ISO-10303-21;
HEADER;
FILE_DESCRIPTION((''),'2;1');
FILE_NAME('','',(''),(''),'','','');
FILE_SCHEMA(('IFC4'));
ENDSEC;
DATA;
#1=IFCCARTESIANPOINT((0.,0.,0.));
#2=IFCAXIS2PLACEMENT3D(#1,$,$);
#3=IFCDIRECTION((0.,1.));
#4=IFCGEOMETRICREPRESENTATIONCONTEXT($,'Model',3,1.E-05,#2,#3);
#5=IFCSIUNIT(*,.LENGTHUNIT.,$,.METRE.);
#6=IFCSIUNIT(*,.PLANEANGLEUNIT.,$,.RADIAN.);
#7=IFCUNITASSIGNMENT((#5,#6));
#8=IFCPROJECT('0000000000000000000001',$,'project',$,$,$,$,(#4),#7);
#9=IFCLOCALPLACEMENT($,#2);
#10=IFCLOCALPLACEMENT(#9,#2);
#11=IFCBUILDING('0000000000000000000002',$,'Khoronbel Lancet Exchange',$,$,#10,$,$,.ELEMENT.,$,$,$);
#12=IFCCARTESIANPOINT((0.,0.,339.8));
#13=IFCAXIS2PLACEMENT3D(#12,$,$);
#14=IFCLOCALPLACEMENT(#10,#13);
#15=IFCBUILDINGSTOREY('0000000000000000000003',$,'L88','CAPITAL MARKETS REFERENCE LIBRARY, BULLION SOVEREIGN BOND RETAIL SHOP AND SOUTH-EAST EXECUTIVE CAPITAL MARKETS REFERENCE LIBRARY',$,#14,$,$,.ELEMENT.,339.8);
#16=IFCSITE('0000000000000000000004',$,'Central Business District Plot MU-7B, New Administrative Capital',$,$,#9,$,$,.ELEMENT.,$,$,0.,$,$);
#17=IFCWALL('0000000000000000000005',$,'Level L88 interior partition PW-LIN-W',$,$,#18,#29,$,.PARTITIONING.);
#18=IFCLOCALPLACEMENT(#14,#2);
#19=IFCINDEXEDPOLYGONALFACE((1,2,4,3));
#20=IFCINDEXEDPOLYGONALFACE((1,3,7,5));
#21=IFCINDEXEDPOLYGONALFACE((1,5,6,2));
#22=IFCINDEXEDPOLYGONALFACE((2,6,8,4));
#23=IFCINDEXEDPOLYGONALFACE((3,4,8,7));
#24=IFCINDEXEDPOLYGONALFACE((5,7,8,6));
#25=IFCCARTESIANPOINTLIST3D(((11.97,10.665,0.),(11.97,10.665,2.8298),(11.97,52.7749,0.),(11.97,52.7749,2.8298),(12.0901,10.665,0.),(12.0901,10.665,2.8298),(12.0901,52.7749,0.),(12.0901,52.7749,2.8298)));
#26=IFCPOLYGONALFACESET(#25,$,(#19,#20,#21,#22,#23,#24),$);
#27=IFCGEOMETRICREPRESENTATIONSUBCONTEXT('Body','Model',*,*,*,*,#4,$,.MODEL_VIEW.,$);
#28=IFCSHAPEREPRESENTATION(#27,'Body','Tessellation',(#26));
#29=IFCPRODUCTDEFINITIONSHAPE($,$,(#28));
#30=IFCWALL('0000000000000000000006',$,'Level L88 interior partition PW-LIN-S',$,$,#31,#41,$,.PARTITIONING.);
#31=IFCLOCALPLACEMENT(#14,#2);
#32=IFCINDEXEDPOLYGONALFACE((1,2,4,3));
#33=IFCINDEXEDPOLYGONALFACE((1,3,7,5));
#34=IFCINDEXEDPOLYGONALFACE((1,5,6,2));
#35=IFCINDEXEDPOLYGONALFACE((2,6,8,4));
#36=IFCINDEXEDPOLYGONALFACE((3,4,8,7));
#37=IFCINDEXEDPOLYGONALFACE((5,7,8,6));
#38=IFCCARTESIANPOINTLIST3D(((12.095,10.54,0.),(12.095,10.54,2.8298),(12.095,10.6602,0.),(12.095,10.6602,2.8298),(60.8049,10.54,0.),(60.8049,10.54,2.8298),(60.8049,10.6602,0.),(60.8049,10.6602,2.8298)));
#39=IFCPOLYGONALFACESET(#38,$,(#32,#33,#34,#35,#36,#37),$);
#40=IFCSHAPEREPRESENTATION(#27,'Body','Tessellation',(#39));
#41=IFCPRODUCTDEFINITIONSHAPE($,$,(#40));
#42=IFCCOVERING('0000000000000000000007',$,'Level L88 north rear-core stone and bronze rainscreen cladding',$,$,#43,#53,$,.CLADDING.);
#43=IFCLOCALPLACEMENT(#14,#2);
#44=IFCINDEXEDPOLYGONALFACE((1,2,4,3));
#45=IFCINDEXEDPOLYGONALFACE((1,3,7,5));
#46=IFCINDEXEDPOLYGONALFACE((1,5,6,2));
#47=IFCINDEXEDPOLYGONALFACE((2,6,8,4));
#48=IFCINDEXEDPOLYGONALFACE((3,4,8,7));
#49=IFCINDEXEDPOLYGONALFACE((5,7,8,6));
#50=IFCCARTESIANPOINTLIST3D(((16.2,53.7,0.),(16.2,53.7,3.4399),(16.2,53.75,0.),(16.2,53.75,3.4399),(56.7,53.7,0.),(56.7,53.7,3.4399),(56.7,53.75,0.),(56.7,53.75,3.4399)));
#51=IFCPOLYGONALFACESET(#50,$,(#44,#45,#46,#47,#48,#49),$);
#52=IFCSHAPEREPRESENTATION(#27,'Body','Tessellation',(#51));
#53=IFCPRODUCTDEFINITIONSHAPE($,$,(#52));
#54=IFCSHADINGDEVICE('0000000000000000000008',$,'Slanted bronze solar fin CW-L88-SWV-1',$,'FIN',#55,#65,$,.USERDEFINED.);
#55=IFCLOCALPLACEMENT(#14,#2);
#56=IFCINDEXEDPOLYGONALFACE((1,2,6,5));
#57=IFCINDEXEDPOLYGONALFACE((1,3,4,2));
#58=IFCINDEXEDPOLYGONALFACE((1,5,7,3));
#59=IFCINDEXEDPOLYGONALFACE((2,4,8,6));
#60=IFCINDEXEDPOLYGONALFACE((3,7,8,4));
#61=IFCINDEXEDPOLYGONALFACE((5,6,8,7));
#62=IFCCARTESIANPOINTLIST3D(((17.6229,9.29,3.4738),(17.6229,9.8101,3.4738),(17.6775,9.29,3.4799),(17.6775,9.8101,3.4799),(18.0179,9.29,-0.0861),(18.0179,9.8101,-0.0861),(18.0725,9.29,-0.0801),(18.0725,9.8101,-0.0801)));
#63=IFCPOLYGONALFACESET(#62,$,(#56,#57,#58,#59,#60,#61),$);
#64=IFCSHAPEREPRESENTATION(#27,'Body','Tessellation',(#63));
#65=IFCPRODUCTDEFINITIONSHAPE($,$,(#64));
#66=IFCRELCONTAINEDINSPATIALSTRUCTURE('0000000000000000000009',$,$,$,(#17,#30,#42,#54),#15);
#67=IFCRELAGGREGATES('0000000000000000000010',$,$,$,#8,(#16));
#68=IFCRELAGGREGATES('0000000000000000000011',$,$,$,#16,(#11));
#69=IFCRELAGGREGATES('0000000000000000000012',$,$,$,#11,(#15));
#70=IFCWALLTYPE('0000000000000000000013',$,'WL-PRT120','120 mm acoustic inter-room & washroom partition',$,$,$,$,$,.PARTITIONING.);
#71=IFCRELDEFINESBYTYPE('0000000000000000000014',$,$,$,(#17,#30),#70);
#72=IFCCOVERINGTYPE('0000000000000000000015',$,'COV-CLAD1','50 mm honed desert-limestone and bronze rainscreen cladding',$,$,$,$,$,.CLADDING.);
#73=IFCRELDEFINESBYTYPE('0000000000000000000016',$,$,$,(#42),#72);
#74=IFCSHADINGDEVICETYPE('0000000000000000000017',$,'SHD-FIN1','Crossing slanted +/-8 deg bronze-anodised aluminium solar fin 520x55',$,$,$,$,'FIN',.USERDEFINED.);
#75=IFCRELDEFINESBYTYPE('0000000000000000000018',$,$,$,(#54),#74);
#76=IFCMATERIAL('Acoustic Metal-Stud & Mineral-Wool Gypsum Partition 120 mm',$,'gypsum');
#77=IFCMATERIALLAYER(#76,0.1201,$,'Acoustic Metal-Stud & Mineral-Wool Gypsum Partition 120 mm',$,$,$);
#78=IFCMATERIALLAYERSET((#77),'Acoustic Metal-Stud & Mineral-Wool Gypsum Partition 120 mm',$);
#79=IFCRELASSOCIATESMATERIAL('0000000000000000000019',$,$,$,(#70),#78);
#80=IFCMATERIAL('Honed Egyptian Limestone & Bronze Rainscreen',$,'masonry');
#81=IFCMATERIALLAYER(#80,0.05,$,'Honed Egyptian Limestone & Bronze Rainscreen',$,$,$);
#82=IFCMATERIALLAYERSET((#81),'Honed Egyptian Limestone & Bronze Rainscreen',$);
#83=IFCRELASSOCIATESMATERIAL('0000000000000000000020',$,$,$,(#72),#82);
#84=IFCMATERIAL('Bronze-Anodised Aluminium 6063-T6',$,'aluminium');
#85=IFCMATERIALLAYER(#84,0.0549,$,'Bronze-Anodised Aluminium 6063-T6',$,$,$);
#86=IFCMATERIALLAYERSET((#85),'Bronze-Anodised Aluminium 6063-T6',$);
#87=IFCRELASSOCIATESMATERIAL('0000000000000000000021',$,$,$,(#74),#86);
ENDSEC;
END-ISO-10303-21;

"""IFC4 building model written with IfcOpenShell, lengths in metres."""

from ifc_helpers import new_model, si_unit, direction, frame, frame_2d, origin, place, context, subcontext, project, spatial, polyline, rectangle, outline, extrude, material, layer, layer_set, type_object, element, save


model = new_model("IFC4")

# Units and contexts
model_context = context("Model", 3, precision=1e-05, world=origin(), true_north=direction((0.0, 1.0)))
body_context = subcontext(model_context, "Body", "Model", "MODEL_VIEW")
ifc_project = project(units=[si_unit("LENGTHUNIT", "METRE"), si_unit("PLANEANGLEUNIT", "RADIAN")], contexts=[model_context])

# Site, building, storey
site_placement = place(None, origin())
site = spatial("IfcSite", under=ifc_project, at=site_placement, Name="Central Business District Plot MU-7B, New Administrative Capital", CompositionType="ELEMENT", RefElevation=0.0)
building_placement = place(site_placement, origin())
building = spatial("IfcBuilding", under=site, at=building_placement, Name="Khoronbel Lancet Exchange", CompositionType="ELEMENT")
storey_placement = place(building_placement, frame((0.0, 0.0, 339.8)))
storey = spatial("IfcBuildingStorey", under=building, at=storey_placement, Name="L88", Description="CAPITAL MARKETS REFERENCE LIBRARY, BULLION SOVEREIGN BOND RETAIL SHOP AND SOUTH-EAST EXECUTIVE CAPITAL MARKETS REFERENCE LIBRARY", CompositionType="ELEMENT", Elevation=339.8)

# Shared definitions
ifc_material_1 = material(Name="Bronze-Anodised Aluminium 6063-T6", Category="aluminium")

# Walls
ifc_material_2 = material(Name="Acoustic Metal-Stud & Mineral-Wool Gypsum Partition 120 mm", Category="gypsum")
ifc_layer_1 = layer(ifc_material_2, 0.1201, Name="Acoustic Metal-Stud & Mineral-Wool Gypsum Partition 120 mm")
ifc_layer_set_1 = layer_set([ifc_layer_1], Name="Acoustic Metal-Stud & Mineral-Wool Gypsum Partition 120 mm")
wall_type_1 = type_object("IfcWallType", Name="WL-PRT120", Description="120 mm acoustic inter-room & washroom partition", PredefinedType="PARTITIONING", material=ifc_layer_set_1)
wall_1_placement = place(storey_placement, frame((12.03, 10.665, 0.0), z_axis=(0.0, 0.0, 1.0), x_axis=(0.0, 1.0, 0.0)))
element("IfcWall", 1, at=wall_1_placement, inside=storey, type_object=wall_type_1, Name="Level L88 interior partition PW-LIN-W", PredefinedType="PARTITIONING", context=body_context, shape_type="SweptSolid", body=[
    extrude(rectangle(XDim=42.1099, YDim=0.1201, at=frame_2d((21.0549, 0.0))), origin(), (0.0, 0.0, 1.0), 2.8298),
])
wall_2_placement = place(storey_placement, frame((12.095, 10.6001, 0.0), z_axis=(0.0, 0.0, 1.0), x_axis=(1.0, 0.0, 0.0)))
element("IfcWall", 2, at=wall_2_placement, inside=storey, type_object=wall_type_1, Name="Level L88 interior partition PW-LIN-S", PredefinedType="PARTITIONING", context=body_context, shape_type="SweptSolid", body=[
    extrude(rectangle(XDim=48.71, YDim=0.1201, at=frame_2d((24.355, 0.0))), origin(), (0.0, 0.0, 1.0), 2.8298),
])

# Covering
ifc_material_3 = material(Name="Honed Egyptian Limestone & Bronze Rainscreen", Category="masonry")
ifc_layer_2 = layer(ifc_material_3, 0.05, Name="Honed Egyptian Limestone & Bronze Rainscreen")
ifc_layer_set_2 = layer_set([ifc_layer_2], Name="Honed Egyptian Limestone & Bronze Rainscreen")
covering_type = type_object("IfcCoveringType", Name="COV-CLAD1", Description="50 mm honed desert-limestone and bronze rainscreen cladding", PredefinedType="CLADDING", material=ifc_layer_set_2)
covering_placement = place(storey_placement, origin())
element("IfcCovering", 3, at=covering_placement, inside=storey, type_object=covering_type, Name="Level L88 north rear-core stone and bronze rainscreen cladding", PredefinedType="CLADDING", context=body_context, shape_type="SweptSolid", body=[
    extrude(outline(polyline([(16.2, 53.7), (56.7, 53.7), (56.7, 53.75), (16.2, 53.75), (16.2, 53.7)])), origin(), (0.0, 0.0, 1.0), 3.4399),
])

# Shading device
ifc_layer_3 = layer(ifc_material_1, 0.0549, Name="Bronze-Anodised Aluminium 6063-T6")
ifc_layer_set_3 = layer_set([ifc_layer_3], Name="Bronze-Anodised Aluminium 6063-T6")
shading_device_type = type_object("IfcShadingDeviceType", Name="SHD-FIN1", Description="Crossing slanted +/-8 deg bronze-anodised aluminium solar fin 520x55", ElementType="FIN", PredefinedType="USERDEFINED", material=ifc_layer_set_3)
shading_device_placement = place(storey_placement, frame((18.0725, 9.8101, -0.0801), z_axis=(0.9939, 0.0, 0.110282), x_axis=(0.0, -1.0, 0.0)))
element("IfcShadingDevice", 4, at=shading_device_placement, inside=storey, type_object=shading_device_type, Name="Slanted bronze solar fin CW-L88-SWV-1", ObjectType="FIN", PredefinedType="USERDEFINED", context=body_context, shape_type="SweptSolid", body=[
    extrude(outline(polyline([(0.0, 0.0), (0.52, 0.0), (0.52, -3.5818), (0.0, -3.5818), (0.0, 0.0)])), origin(), (0.0, 0.0, -1.0), 0.0549),
])

save(model, "model.ifc")
